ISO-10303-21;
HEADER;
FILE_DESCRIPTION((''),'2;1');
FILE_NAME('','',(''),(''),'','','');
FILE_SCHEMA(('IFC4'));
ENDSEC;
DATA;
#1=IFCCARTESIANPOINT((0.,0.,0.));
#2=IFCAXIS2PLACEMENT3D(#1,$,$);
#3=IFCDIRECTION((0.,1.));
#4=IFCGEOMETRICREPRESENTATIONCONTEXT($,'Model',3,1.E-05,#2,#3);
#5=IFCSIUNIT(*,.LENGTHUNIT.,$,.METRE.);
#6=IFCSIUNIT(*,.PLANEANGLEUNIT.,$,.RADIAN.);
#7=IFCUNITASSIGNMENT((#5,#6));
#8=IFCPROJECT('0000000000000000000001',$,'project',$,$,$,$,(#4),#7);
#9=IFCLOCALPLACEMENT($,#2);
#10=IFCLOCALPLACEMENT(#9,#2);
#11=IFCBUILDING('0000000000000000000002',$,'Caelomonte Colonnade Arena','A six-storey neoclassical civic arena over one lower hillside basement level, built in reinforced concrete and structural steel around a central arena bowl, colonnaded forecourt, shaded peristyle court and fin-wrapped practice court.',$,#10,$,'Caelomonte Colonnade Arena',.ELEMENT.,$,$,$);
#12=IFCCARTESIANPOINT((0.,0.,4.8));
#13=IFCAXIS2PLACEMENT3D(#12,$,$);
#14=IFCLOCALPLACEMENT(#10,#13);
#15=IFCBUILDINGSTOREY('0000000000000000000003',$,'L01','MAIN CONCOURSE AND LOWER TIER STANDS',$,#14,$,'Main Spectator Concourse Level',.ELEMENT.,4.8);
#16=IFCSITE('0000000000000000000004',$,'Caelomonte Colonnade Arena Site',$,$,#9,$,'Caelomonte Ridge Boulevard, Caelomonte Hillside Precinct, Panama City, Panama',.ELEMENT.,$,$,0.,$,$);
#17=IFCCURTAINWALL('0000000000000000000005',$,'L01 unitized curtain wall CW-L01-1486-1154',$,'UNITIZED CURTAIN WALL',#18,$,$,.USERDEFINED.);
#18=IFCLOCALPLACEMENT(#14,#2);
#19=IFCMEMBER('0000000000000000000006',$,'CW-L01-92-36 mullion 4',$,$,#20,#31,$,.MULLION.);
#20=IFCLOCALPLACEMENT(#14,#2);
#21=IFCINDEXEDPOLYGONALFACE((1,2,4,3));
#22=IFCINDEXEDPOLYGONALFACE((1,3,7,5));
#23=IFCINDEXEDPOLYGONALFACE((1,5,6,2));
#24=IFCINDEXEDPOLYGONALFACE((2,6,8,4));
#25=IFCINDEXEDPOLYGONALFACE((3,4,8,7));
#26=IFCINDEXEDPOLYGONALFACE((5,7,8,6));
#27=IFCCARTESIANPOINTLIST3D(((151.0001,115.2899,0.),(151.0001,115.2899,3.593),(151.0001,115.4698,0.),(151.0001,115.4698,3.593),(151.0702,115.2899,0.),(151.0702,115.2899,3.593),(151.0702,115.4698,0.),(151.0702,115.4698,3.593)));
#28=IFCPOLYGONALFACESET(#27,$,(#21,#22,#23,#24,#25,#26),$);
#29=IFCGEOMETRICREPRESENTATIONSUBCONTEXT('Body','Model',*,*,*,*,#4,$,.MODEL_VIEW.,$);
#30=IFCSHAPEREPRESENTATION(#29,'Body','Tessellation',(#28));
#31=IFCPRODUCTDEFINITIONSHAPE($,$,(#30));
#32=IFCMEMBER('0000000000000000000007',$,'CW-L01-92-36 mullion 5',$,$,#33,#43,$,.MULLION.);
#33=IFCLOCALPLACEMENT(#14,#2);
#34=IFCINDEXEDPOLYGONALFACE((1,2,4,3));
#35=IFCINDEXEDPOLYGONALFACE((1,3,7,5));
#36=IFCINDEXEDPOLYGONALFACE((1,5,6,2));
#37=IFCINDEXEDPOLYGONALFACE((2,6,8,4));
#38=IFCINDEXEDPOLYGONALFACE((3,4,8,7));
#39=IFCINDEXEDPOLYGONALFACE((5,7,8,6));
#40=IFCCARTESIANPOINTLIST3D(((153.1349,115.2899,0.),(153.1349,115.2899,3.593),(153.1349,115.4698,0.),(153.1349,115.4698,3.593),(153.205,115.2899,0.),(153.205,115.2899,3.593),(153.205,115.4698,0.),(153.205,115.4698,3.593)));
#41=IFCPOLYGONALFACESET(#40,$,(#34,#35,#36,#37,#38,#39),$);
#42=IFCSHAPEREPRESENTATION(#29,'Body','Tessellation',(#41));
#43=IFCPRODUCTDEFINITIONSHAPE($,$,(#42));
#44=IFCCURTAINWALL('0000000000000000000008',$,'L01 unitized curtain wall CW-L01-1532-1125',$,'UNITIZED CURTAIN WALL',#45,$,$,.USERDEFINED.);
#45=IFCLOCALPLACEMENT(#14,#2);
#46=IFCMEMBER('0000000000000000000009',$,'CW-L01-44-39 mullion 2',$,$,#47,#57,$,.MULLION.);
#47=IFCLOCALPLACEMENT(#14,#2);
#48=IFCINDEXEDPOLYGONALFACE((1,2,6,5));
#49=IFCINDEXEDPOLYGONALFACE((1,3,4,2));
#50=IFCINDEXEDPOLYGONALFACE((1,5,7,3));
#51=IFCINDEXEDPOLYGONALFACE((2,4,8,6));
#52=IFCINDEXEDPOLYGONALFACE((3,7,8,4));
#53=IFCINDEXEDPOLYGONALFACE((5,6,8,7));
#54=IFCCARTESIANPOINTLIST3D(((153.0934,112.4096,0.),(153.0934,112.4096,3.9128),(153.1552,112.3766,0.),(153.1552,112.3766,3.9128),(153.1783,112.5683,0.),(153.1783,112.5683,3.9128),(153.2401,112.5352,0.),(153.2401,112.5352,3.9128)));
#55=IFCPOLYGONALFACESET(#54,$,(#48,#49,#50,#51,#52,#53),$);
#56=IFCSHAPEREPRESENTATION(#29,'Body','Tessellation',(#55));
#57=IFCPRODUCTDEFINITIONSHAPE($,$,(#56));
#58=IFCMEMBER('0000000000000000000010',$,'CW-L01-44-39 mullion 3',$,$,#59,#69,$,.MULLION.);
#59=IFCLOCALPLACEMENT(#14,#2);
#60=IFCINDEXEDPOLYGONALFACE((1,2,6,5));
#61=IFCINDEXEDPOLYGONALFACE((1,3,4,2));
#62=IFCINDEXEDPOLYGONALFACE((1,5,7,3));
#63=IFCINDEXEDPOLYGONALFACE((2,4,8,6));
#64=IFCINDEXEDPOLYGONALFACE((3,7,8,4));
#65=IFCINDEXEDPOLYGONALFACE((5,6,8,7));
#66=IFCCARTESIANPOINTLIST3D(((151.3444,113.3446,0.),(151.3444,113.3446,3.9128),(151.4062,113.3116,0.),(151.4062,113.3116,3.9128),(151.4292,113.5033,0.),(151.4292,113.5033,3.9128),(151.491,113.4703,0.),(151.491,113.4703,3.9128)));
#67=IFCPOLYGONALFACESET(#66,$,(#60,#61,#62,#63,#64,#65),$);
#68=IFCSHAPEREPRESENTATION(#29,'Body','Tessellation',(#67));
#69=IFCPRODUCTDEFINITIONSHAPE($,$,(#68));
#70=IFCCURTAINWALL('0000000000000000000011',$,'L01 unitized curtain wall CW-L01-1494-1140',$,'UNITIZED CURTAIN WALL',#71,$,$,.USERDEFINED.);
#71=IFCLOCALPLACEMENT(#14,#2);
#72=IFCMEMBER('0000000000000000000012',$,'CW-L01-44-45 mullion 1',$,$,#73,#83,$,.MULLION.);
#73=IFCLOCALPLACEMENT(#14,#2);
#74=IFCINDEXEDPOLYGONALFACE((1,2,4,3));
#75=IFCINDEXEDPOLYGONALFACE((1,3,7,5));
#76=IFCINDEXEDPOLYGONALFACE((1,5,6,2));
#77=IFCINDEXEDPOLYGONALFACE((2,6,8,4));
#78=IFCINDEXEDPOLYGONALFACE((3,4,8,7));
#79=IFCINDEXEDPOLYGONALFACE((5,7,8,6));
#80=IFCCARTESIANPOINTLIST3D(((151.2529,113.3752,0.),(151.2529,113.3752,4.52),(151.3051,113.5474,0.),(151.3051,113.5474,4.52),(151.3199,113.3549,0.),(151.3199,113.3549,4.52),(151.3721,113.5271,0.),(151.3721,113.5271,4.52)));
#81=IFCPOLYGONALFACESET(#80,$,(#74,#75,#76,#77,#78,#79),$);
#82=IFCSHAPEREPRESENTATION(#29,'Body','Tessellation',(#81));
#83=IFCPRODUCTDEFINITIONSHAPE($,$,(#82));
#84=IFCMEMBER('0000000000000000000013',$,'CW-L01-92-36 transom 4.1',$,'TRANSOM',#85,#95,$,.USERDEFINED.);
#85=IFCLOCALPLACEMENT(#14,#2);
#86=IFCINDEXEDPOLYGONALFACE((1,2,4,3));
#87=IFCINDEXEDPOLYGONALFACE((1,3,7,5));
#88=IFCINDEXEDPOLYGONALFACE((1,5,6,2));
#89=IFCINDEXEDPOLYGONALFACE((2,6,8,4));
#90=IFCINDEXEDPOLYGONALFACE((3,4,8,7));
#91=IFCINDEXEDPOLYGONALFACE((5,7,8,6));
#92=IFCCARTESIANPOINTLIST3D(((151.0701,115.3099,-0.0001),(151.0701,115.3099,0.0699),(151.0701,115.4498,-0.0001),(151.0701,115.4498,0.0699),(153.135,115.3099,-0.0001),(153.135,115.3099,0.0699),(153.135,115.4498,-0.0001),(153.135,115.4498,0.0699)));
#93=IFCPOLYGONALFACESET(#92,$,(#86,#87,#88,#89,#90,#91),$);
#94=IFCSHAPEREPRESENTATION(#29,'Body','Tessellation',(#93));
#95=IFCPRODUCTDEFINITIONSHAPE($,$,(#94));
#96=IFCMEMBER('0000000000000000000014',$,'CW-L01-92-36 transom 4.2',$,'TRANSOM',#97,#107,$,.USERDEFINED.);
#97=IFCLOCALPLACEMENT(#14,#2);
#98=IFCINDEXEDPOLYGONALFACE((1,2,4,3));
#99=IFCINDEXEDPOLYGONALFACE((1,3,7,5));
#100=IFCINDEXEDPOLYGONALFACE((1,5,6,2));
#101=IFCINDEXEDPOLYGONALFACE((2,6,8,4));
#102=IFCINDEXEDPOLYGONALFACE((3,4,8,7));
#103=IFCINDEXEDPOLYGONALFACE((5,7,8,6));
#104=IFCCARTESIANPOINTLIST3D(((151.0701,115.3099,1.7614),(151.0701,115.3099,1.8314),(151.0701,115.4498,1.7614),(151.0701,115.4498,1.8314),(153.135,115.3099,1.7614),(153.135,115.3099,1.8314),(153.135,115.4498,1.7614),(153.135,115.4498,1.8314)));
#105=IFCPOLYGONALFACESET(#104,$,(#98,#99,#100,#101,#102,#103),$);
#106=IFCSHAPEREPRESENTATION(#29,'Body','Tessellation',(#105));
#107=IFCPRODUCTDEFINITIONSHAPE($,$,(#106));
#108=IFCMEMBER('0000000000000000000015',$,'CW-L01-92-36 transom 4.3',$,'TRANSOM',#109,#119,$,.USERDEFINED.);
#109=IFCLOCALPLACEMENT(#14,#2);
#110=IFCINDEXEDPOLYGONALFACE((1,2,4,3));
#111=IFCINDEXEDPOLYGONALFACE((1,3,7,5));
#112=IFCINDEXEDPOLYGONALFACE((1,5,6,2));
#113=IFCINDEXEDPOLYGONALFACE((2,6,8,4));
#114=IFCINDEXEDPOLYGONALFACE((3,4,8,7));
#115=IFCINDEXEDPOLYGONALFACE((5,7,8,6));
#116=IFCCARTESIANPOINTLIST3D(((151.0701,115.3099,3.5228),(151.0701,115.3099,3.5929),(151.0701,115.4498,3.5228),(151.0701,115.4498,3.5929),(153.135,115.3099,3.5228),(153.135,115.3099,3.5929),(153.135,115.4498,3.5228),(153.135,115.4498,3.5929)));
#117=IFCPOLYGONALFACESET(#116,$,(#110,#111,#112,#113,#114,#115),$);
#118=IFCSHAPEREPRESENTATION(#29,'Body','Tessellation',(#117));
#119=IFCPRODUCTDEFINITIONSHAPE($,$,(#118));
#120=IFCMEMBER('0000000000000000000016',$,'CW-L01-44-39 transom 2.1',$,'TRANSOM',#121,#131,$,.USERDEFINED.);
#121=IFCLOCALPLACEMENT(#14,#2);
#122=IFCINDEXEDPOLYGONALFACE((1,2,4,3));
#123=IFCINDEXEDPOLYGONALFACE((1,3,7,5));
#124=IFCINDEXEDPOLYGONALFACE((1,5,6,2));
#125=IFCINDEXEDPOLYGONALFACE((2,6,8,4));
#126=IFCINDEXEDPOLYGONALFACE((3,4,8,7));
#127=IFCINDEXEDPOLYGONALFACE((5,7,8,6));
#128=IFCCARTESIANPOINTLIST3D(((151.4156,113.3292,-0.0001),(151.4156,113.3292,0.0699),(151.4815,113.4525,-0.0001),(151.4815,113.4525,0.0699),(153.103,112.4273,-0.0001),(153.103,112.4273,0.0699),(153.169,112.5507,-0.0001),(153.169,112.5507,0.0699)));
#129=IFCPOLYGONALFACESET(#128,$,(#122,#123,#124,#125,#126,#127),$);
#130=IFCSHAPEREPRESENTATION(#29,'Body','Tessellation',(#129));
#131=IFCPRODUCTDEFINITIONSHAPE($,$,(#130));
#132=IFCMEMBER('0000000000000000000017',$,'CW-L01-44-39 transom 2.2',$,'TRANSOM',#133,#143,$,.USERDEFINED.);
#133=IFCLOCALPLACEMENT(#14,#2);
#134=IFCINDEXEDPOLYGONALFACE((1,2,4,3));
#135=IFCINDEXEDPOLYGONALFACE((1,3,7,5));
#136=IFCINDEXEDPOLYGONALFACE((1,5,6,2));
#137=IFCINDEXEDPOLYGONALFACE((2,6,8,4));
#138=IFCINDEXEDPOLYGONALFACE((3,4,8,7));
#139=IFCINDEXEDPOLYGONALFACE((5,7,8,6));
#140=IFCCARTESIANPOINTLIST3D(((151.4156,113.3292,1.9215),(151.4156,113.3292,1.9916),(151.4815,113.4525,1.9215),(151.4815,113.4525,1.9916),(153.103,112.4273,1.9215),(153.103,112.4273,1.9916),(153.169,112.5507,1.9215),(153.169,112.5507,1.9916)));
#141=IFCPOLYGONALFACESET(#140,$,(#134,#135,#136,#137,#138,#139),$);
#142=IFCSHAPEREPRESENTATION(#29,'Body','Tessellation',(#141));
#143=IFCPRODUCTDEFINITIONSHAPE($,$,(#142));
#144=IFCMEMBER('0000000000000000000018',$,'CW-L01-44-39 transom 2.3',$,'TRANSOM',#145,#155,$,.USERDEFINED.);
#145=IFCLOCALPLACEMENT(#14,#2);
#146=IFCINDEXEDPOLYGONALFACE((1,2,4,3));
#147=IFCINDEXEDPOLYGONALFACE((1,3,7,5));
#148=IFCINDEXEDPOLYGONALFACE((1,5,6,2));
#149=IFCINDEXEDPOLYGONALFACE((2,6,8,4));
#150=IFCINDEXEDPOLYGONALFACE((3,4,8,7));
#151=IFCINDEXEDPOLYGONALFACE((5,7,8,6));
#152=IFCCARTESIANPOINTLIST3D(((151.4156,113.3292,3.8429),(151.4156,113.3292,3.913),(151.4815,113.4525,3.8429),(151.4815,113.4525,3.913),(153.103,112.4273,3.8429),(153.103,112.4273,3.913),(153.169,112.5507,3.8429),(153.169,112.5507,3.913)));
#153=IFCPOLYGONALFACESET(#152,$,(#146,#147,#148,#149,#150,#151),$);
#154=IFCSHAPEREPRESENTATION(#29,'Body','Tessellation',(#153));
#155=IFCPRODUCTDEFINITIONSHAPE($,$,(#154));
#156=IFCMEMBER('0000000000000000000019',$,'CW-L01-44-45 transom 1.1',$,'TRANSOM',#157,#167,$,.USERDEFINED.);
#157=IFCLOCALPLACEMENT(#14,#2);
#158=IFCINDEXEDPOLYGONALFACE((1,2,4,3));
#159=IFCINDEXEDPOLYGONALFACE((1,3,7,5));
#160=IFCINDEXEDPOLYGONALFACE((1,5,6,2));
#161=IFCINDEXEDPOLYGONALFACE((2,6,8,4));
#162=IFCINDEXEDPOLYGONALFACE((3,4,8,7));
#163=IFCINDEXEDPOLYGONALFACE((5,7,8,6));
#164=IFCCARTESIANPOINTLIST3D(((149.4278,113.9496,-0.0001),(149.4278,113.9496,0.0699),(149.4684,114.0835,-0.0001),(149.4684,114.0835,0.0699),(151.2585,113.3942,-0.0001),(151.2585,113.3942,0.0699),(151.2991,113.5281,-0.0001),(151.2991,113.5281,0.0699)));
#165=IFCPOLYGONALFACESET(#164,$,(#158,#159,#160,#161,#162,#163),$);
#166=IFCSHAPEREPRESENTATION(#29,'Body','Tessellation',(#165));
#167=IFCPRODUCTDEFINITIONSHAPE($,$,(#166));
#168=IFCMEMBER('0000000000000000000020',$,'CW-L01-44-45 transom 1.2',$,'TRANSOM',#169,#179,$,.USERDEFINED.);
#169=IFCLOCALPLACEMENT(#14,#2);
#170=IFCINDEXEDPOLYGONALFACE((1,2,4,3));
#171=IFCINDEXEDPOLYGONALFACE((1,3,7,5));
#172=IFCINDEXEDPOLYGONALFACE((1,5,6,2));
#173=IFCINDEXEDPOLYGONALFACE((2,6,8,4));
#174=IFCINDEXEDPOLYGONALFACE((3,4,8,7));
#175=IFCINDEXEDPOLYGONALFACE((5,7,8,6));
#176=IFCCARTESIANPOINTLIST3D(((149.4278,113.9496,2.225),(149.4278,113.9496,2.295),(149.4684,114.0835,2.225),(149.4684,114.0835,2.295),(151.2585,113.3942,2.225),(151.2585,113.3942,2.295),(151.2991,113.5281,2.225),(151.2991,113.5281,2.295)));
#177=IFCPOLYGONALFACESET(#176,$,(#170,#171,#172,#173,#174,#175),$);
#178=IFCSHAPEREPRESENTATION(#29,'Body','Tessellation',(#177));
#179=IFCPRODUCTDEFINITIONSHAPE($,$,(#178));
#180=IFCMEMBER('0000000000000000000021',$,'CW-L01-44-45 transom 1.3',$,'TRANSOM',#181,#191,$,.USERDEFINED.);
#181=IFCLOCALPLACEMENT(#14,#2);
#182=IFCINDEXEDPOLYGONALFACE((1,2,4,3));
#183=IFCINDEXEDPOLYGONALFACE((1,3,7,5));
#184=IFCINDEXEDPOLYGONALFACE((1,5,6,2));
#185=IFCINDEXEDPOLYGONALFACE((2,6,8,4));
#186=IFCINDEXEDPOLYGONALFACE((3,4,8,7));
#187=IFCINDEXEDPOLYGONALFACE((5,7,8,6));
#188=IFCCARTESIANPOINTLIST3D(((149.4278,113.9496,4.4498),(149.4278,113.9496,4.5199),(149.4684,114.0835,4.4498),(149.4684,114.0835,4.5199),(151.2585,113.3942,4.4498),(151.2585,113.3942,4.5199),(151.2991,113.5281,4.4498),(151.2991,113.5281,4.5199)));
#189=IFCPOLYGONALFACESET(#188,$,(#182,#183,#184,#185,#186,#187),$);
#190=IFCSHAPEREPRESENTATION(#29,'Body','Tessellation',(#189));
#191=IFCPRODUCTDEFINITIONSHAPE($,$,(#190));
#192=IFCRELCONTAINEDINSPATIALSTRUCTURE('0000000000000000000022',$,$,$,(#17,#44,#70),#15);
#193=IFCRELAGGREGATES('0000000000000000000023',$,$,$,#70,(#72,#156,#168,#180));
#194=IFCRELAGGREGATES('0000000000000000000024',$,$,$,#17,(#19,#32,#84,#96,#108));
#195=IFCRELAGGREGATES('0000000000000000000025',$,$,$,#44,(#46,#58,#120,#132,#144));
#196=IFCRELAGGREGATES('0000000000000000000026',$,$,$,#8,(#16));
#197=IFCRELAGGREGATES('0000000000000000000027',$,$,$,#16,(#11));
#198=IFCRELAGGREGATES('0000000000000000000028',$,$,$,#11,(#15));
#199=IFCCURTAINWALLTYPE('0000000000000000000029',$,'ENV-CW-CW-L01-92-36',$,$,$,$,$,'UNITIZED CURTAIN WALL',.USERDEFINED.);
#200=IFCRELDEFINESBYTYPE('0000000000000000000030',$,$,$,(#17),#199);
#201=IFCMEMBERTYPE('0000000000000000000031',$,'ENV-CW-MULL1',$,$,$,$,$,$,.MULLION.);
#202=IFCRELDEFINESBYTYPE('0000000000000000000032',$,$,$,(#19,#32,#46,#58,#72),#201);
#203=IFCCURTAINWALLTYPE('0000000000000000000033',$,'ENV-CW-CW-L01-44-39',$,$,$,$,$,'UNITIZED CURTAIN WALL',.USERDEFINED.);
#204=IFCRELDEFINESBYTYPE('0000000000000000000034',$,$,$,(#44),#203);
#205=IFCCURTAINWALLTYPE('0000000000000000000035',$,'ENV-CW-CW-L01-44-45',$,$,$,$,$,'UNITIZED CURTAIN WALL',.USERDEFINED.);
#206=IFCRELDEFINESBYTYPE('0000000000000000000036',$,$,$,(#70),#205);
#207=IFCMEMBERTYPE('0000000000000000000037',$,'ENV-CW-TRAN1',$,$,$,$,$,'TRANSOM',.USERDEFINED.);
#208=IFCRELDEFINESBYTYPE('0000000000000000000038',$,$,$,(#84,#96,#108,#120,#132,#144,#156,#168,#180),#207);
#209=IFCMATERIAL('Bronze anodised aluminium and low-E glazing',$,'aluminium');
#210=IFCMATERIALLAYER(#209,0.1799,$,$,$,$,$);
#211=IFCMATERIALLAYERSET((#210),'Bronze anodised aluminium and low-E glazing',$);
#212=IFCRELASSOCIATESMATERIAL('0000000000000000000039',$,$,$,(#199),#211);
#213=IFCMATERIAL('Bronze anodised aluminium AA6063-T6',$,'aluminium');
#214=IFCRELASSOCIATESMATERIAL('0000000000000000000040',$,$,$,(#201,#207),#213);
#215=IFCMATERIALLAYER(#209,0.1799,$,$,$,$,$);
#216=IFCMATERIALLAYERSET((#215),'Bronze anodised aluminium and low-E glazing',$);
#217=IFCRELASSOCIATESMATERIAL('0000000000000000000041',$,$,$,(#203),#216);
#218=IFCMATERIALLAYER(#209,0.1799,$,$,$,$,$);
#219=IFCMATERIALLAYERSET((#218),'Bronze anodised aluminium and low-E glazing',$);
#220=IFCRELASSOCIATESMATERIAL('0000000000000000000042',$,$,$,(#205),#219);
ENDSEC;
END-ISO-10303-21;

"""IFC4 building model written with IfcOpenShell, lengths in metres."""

from ifc_helpers import new_model, si_unit, direction, frame, origin, origin_2d, place, context, subcontext, project, spatial, rectangle, extrude, material, layer, layer_set, material_profile, profile_set, type_object, element, aggregate, save


model = new_model("IFC4")

# Units and contexts
model_context = context("Model", 3, precision=1e-05, world=origin(), true_north=direction((0.0, 1.0)))
body_context = subcontext(model_context, "Body", "Model", "MODEL_VIEW")
ifc_project = project(units=[si_unit("LENGTHUNIT", "METRE"), si_unit("PLANEANGLEUNIT", "RADIAN")], contexts=[model_context])

# Site, building, storey
site_placement = place(None, origin())
site = spatial("IfcSite", under=ifc_project, at=site_placement, Name="Caelomonte Colonnade Arena Site", LongName="Caelomonte Ridge Boulevard, Caelomonte Hillside Precinct, Panama City, Panama", CompositionType="ELEMENT", RefElevation=0.0)
building_placement = place(site_placement, origin())
building = spatial("IfcBuilding", under=site, at=building_placement, Name="Caelomonte Colonnade Arena", Description="A six-storey neoclassical civic arena over one lower hillside basement level, built in reinforced concrete and structural steel around a central arena bowl, colonnaded forecourt, shaded peristyle court and fin-wrapped practice court.", LongName="Caelomonte Colonnade Arena", CompositionType="ELEMENT")
storey_placement = place(building_placement, frame((0.0, 0.0, 4.8)))
storey = spatial("IfcBuildingStorey", under=building, at=storey_placement, Name="L01", Description="MAIN CONCOURSE AND LOWER TIER STANDS", LongName="Main Spectator Concourse Level", CompositionType="ELEMENT", Elevation=4.8)

# Curtain walls, members
ifc_material_1 = material(Name="Bronze anodised aluminium and low-E glazing", Category="aluminium")
ifc_layer_1 = layer(ifc_material_1, 0.1799)
ifc_layer_set_1 = layer_set([ifc_layer_1], Name="Bronze anodised aluminium and low-E glazing")
curtain_wall_type_1 = type_object("IfcCurtainWallType", Name="ENV-CW-CW-L01-92-36", ElementType="UNITIZED CURTAIN WALL", PredefinedType="USERDEFINED", material=ifc_layer_set_1)
curtain_wall_1_placement = place(storey_placement, origin())
curtain_wall_1 = element("IfcCurtainWall", 1, at=curtain_wall_1_placement, inside=storey, type_object=curtain_wall_type_1, Name="L01 unitized curtain wall CW-L01-1486-1154", ObjectType="UNITIZED CURTAIN WALL", PredefinedType="USERDEFINED")
ifc_material_2 = material(Name="Bronze anodised aluminium AA6063-T6", Category="aluminium")
ifc_material_profile_1 = material_profile(ifc_material_2, rectangle(XDim=0.0701, YDim=0.1799, at=origin_2d()), Name="CWM-70X180")
ifc_profile_set_1 = profile_set([ifc_material_profile_1], Name="Bronze anodised aluminium AA6063-T6")
member_type_1 = type_object("IfcMemberType", Name="ENV-CW-MULL1", PredefinedType="MULLION", material=ifc_profile_set_1)
member_1_placement = place(storey_placement, frame((151.0352, 115.3799, 0.0), z_axis=(0.0, 0.0, 1.0), x_axis=(1.0, 0.0, 0.0)))
member_1 = element("IfcMember", 2, at=member_1_placement, type_object=member_type_1, Name="CW-L01-92-36 mullion 4", PredefinedType="MULLION", context=body_context, shape_type="SweptSolid", body=[
    extrude(rectangle(XDim=0.0701, YDim=0.1799, at=origin_2d()), origin(), (0.0, 0.0, 1.0), 3.593),
])
member_2_placement = place(storey_placement, frame((153.1699, 115.3799, 0.0), z_axis=(0.0, 0.0, 1.0), x_axis=(1.0, 0.0, 0.0)))
member_2 = element("IfcMember", 3, at=member_2_placement, type_object=member_type_1, Name="CW-L01-92-36 mullion 5", PredefinedType="MULLION", context=body_context, shape_type="SweptSolid", body=[
    extrude(rectangle(XDim=0.0701, YDim=0.1799, at=origin_2d()), origin(), (0.0, 0.0, 1.0), 3.593),
])
ifc_layer_2 = layer(ifc_material_1, 0.1799)
ifc_layer_set_2 = layer_set([ifc_layer_2], Name="Bronze anodised aluminium and low-E glazing")
curtain_wall_type_2 = type_object("IfcCurtainWallType", Name="ENV-CW-CW-L01-44-39", ElementType="UNITIZED CURTAIN WALL", PredefinedType="USERDEFINED", material=ifc_layer_set_2)
curtain_wall_2_placement = place(storey_placement, origin())
curtain_wall_2 = element("IfcCurtainWall", 4, at=curtain_wall_2_placement, inside=storey, type_object=curtain_wall_type_2, Name="L01 unitized curtain wall CW-L01-1532-1125", ObjectType="UNITIZED CURTAIN WALL", PredefinedType="USERDEFINED")
member_3_placement = place(storey_placement, frame((153.1667, 112.4724, 0.0), z_axis=(0.0, 0.0, 1.0), x_axis=(-0.881923, 0.471394, 0.0)))
member_3 = element("IfcMember", 5, at=member_3_placement, type_object=member_type_1, Name="CW-L01-44-39 mullion 2", PredefinedType="MULLION", context=body_context, shape_type="SweptSolid", body=[
    extrude(rectangle(XDim=0.0701, YDim=0.1799, at=origin_2d()), origin(), (0.0, 0.0, 1.0), 3.9128),
])
member_4_placement = place(storey_placement, frame((151.4177, 113.4075, 0.0), z_axis=(0.0, 0.0, 1.0), x_axis=(-0.881923, 0.471394, 0.0)))
member_4 = element("IfcMember", 6, at=member_4_placement, type_object=member_type_1, Name="CW-L01-44-39 mullion 3", PredefinedType="MULLION", context=body_context, shape_type="SweptSolid", body=[
    extrude(rectangle(XDim=0.0701, YDim=0.1799, at=origin_2d()), origin(), (0.0, 0.0, 1.0), 3.9128),
])

# Curtain wall, member
ifc_layer_3 = layer(ifc_material_1, 0.1799)
ifc_layer_set_3 = layer_set([ifc_layer_3], Name="Bronze anodised aluminium and low-E glazing")
curtain_wall_type_3 = type_object("IfcCurtainWallType", Name="ENV-CW-CW-L01-44-45", ElementType="UNITIZED CURTAIN WALL", PredefinedType="USERDEFINED", material=ifc_layer_set_3)
curtain_wall_3_placement = place(storey_placement, origin())
curtain_wall_3 = element("IfcCurtainWall", 7, at=curtain_wall_3_placement, inside=storey, type_object=curtain_wall_type_3, Name="L01 unitized curtain wall CW-L01-1494-1140", ObjectType="UNITIZED CURTAIN WALL", PredefinedType="USERDEFINED")
member_5_placement = place(storey_placement, frame((151.3125, 113.4512, 0.0), z_axis=(0.0, 0.0, 1.0), x_axis=(-0.956949, 0.290256, 0.0)))
member_5 = element("IfcMember", 8, at=member_5_placement, type_object=member_type_1, Name="CW-L01-44-45 mullion 1", PredefinedType="MULLION", context=body_context, shape_type="SweptSolid", body=[
    extrude(rectangle(XDim=0.0701, YDim=0.1799, at=origin_2d()), origin(), (0.0, 0.0, 1.0), 4.52),
])

# Members
ifc_material_profile_2 = material_profile(ifc_material_2, rectangle(XDim=0.0701, YDim=0.1399, at=origin_2d()), Name="CWT-70X140")
ifc_profile_set_2 = profile_set([ifc_material_profile_2], Name="Bronze anodised aluminium AA6063-T6")
member_type_2 = type_object("IfcMemberType", Name="ENV-CW-TRAN1", ElementType="TRANSOM", PredefinedType="USERDEFINED", material=ifc_profile_set_2)
member_6_placement = place(storey_placement, frame((151.0701, 115.3799, 0.0349), z_axis=(1.0, 0.0, 0.0), x_axis=(0.0, 0.0, 1.0)))
member_6 = element("IfcMember", 9, at=member_6_placement, type_object=member_type_2, Name="CW-L01-92-36 transom 4.1", ObjectType="TRANSOM", PredefinedType="USERDEFINED", context=body_context, shape_type="SweptSolid", body=[
    extrude(rectangle(XDim=0.0701, YDim=0.1399, at=origin_2d()), origin(), (0.0, 0.0, 1.0), 2.0649),
])
member_7_placement = place(storey_placement, frame((151.0701, 115.3799, 1.7964), z_axis=(1.0, 0.0, 0.0), x_axis=(0.0, 0.0, 1.0)))
member_7 = element("IfcMember", 10, at=member_7_placement, type_object=member_type_2, Name="CW-L01-92-36 transom 4.2", ObjectType="TRANSOM", PredefinedType="USERDEFINED", context=body_context, shape_type="SweptSolid", body=[
    extrude(rectangle(XDim=0.0701, YDim=0.1399, at=origin_2d()), origin(), (0.0, 0.0, 1.0), 2.0649),
])
member_8_placement = place(storey_placement, frame((151.0701, 115.3799, 3.5579), z_axis=(1.0, 0.0, 0.0), x_axis=(0.0, 0.0, 1.0)))
member_8 = element("IfcMember", 11, at=member_8_placement, type_object=member_type_2, Name="CW-L01-92-36 transom 4.3", ObjectType="TRANSOM", PredefinedType="USERDEFINED", context=body_context, shape_type="SweptSolid", body=[
    extrude(rectangle(XDim=0.0701, YDim=0.1399, at=origin_2d()), origin(), (0.0, 0.0, 1.0), 2.0649),
])
member_9_placement = place(storey_placement, frame((153.136, 112.489, 0.0349), z_axis=(-0.88195, 0.471343, 0.0), x_axis=(0.0, 0.0, 1.0)))
member_9 = element("IfcMember", 12, at=member_9_placement, type_object=member_type_2, Name="CW-L01-44-39 transom 2.1", ObjectType="TRANSOM", PredefinedType="USERDEFINED", context=body_context, shape_type="SweptSolid", body=[
    extrude(rectangle(XDim=0.0701, YDim=0.1399, at=origin_2d()), origin(), (0.0, 0.0, 1.0), 1.9133),
])
member_10_placement = place(storey_placement, frame((153.136, 112.489, 1.9565), z_axis=(-0.88195, 0.471343, 0.0), x_axis=(0.0, 0.0, 1.0)))
member_10 = element("IfcMember", 13, at=member_10_placement, type_object=member_type_2, Name="CW-L01-44-39 transom 2.2", ObjectType="TRANSOM", PredefinedType="USERDEFINED", context=body_context, shape_type="SweptSolid", body=[
    extrude(rectangle(XDim=0.0701, YDim=0.1399, at=origin_2d()), origin(), (0.0, 0.0, 1.0), 1.9133),
])
member_11_placement = place(storey_placement, frame((153.136, 112.489, 3.8779), z_axis=(-0.88195, 0.471343, 0.0), x_axis=(0.0, 0.0, 1.0)))
member_11 = element("IfcMember", 14, at=member_11_placement, type_object=member_type_2, Name="CW-L01-44-39 transom 2.3", ObjectType="TRANSOM", PredefinedType="USERDEFINED", context=body_context, shape_type="SweptSolid", body=[
    extrude(rectangle(XDim=0.0701, YDim=0.1399, at=origin_2d()), origin(), (0.0, 0.0, 1.0), 1.9133),
])
member_12_placement = place(storey_placement, frame((151.2788, 113.4612, 0.0349), z_axis=(-0.956933, 0.290308, 0.0), x_axis=(0.0, 0.0, 1.0)))
member_12 = element("IfcMember", 15, at=member_12_placement, type_object=member_type_2, Name="CW-L01-44-45 transom 1.1", ObjectType="TRANSOM", PredefinedType="USERDEFINED", context=body_context, shape_type="SweptSolid", body=[
    extrude(rectangle(XDim=0.0701, YDim=0.1399, at=origin_2d()), origin(), (0.0, 0.0, 1.0), 1.9131),
])
member_13_placement = place(storey_placement, frame((151.2788, 113.4612, 2.26), z_axis=(-0.956933, 0.290308, 0.0), x_axis=(0.0, 0.0, 1.0)))
member_13 = element("IfcMember", 16, at=member_13_placement, type_object=member_type_2, Name="CW-L01-44-45 transom 1.2", ObjectType="TRANSOM", PredefinedType="USERDEFINED", context=body_context, shape_type="SweptSolid", body=[
    extrude(rectangle(XDim=0.0701, YDim=0.1399, at=origin_2d()), origin(), (0.0, 0.0, 1.0), 1.9131),
])
member_14_placement = place(storey_placement, frame((151.2788, 113.4612, 4.4849), z_axis=(-0.956933, 0.290308, 0.0), x_axis=(0.0, 0.0, 1.0)))
member_14 = element("IfcMember", 17, at=member_14_placement, type_object=member_type_2, Name="CW-L01-44-45 transom 1.3", ObjectType="TRANSOM", PredefinedType="USERDEFINED", context=body_context, shape_type="SweptSolid", body=[
    extrude(rectangle(XDim=0.0701, YDim=0.1399, at=origin_2d()), origin(), (0.0, 0.0, 1.0), 1.9131),
])
aggregate(curtain_wall_3, [member_5, member_12, member_13, member_14])

aggregate(curtain_wall_1, [member_1, member_2, member_6, member_7, member_8])
aggregate(curtain_wall_2, [member_3, member_4, member_9, member_10, member_11])

save(model, "model.ifc")
